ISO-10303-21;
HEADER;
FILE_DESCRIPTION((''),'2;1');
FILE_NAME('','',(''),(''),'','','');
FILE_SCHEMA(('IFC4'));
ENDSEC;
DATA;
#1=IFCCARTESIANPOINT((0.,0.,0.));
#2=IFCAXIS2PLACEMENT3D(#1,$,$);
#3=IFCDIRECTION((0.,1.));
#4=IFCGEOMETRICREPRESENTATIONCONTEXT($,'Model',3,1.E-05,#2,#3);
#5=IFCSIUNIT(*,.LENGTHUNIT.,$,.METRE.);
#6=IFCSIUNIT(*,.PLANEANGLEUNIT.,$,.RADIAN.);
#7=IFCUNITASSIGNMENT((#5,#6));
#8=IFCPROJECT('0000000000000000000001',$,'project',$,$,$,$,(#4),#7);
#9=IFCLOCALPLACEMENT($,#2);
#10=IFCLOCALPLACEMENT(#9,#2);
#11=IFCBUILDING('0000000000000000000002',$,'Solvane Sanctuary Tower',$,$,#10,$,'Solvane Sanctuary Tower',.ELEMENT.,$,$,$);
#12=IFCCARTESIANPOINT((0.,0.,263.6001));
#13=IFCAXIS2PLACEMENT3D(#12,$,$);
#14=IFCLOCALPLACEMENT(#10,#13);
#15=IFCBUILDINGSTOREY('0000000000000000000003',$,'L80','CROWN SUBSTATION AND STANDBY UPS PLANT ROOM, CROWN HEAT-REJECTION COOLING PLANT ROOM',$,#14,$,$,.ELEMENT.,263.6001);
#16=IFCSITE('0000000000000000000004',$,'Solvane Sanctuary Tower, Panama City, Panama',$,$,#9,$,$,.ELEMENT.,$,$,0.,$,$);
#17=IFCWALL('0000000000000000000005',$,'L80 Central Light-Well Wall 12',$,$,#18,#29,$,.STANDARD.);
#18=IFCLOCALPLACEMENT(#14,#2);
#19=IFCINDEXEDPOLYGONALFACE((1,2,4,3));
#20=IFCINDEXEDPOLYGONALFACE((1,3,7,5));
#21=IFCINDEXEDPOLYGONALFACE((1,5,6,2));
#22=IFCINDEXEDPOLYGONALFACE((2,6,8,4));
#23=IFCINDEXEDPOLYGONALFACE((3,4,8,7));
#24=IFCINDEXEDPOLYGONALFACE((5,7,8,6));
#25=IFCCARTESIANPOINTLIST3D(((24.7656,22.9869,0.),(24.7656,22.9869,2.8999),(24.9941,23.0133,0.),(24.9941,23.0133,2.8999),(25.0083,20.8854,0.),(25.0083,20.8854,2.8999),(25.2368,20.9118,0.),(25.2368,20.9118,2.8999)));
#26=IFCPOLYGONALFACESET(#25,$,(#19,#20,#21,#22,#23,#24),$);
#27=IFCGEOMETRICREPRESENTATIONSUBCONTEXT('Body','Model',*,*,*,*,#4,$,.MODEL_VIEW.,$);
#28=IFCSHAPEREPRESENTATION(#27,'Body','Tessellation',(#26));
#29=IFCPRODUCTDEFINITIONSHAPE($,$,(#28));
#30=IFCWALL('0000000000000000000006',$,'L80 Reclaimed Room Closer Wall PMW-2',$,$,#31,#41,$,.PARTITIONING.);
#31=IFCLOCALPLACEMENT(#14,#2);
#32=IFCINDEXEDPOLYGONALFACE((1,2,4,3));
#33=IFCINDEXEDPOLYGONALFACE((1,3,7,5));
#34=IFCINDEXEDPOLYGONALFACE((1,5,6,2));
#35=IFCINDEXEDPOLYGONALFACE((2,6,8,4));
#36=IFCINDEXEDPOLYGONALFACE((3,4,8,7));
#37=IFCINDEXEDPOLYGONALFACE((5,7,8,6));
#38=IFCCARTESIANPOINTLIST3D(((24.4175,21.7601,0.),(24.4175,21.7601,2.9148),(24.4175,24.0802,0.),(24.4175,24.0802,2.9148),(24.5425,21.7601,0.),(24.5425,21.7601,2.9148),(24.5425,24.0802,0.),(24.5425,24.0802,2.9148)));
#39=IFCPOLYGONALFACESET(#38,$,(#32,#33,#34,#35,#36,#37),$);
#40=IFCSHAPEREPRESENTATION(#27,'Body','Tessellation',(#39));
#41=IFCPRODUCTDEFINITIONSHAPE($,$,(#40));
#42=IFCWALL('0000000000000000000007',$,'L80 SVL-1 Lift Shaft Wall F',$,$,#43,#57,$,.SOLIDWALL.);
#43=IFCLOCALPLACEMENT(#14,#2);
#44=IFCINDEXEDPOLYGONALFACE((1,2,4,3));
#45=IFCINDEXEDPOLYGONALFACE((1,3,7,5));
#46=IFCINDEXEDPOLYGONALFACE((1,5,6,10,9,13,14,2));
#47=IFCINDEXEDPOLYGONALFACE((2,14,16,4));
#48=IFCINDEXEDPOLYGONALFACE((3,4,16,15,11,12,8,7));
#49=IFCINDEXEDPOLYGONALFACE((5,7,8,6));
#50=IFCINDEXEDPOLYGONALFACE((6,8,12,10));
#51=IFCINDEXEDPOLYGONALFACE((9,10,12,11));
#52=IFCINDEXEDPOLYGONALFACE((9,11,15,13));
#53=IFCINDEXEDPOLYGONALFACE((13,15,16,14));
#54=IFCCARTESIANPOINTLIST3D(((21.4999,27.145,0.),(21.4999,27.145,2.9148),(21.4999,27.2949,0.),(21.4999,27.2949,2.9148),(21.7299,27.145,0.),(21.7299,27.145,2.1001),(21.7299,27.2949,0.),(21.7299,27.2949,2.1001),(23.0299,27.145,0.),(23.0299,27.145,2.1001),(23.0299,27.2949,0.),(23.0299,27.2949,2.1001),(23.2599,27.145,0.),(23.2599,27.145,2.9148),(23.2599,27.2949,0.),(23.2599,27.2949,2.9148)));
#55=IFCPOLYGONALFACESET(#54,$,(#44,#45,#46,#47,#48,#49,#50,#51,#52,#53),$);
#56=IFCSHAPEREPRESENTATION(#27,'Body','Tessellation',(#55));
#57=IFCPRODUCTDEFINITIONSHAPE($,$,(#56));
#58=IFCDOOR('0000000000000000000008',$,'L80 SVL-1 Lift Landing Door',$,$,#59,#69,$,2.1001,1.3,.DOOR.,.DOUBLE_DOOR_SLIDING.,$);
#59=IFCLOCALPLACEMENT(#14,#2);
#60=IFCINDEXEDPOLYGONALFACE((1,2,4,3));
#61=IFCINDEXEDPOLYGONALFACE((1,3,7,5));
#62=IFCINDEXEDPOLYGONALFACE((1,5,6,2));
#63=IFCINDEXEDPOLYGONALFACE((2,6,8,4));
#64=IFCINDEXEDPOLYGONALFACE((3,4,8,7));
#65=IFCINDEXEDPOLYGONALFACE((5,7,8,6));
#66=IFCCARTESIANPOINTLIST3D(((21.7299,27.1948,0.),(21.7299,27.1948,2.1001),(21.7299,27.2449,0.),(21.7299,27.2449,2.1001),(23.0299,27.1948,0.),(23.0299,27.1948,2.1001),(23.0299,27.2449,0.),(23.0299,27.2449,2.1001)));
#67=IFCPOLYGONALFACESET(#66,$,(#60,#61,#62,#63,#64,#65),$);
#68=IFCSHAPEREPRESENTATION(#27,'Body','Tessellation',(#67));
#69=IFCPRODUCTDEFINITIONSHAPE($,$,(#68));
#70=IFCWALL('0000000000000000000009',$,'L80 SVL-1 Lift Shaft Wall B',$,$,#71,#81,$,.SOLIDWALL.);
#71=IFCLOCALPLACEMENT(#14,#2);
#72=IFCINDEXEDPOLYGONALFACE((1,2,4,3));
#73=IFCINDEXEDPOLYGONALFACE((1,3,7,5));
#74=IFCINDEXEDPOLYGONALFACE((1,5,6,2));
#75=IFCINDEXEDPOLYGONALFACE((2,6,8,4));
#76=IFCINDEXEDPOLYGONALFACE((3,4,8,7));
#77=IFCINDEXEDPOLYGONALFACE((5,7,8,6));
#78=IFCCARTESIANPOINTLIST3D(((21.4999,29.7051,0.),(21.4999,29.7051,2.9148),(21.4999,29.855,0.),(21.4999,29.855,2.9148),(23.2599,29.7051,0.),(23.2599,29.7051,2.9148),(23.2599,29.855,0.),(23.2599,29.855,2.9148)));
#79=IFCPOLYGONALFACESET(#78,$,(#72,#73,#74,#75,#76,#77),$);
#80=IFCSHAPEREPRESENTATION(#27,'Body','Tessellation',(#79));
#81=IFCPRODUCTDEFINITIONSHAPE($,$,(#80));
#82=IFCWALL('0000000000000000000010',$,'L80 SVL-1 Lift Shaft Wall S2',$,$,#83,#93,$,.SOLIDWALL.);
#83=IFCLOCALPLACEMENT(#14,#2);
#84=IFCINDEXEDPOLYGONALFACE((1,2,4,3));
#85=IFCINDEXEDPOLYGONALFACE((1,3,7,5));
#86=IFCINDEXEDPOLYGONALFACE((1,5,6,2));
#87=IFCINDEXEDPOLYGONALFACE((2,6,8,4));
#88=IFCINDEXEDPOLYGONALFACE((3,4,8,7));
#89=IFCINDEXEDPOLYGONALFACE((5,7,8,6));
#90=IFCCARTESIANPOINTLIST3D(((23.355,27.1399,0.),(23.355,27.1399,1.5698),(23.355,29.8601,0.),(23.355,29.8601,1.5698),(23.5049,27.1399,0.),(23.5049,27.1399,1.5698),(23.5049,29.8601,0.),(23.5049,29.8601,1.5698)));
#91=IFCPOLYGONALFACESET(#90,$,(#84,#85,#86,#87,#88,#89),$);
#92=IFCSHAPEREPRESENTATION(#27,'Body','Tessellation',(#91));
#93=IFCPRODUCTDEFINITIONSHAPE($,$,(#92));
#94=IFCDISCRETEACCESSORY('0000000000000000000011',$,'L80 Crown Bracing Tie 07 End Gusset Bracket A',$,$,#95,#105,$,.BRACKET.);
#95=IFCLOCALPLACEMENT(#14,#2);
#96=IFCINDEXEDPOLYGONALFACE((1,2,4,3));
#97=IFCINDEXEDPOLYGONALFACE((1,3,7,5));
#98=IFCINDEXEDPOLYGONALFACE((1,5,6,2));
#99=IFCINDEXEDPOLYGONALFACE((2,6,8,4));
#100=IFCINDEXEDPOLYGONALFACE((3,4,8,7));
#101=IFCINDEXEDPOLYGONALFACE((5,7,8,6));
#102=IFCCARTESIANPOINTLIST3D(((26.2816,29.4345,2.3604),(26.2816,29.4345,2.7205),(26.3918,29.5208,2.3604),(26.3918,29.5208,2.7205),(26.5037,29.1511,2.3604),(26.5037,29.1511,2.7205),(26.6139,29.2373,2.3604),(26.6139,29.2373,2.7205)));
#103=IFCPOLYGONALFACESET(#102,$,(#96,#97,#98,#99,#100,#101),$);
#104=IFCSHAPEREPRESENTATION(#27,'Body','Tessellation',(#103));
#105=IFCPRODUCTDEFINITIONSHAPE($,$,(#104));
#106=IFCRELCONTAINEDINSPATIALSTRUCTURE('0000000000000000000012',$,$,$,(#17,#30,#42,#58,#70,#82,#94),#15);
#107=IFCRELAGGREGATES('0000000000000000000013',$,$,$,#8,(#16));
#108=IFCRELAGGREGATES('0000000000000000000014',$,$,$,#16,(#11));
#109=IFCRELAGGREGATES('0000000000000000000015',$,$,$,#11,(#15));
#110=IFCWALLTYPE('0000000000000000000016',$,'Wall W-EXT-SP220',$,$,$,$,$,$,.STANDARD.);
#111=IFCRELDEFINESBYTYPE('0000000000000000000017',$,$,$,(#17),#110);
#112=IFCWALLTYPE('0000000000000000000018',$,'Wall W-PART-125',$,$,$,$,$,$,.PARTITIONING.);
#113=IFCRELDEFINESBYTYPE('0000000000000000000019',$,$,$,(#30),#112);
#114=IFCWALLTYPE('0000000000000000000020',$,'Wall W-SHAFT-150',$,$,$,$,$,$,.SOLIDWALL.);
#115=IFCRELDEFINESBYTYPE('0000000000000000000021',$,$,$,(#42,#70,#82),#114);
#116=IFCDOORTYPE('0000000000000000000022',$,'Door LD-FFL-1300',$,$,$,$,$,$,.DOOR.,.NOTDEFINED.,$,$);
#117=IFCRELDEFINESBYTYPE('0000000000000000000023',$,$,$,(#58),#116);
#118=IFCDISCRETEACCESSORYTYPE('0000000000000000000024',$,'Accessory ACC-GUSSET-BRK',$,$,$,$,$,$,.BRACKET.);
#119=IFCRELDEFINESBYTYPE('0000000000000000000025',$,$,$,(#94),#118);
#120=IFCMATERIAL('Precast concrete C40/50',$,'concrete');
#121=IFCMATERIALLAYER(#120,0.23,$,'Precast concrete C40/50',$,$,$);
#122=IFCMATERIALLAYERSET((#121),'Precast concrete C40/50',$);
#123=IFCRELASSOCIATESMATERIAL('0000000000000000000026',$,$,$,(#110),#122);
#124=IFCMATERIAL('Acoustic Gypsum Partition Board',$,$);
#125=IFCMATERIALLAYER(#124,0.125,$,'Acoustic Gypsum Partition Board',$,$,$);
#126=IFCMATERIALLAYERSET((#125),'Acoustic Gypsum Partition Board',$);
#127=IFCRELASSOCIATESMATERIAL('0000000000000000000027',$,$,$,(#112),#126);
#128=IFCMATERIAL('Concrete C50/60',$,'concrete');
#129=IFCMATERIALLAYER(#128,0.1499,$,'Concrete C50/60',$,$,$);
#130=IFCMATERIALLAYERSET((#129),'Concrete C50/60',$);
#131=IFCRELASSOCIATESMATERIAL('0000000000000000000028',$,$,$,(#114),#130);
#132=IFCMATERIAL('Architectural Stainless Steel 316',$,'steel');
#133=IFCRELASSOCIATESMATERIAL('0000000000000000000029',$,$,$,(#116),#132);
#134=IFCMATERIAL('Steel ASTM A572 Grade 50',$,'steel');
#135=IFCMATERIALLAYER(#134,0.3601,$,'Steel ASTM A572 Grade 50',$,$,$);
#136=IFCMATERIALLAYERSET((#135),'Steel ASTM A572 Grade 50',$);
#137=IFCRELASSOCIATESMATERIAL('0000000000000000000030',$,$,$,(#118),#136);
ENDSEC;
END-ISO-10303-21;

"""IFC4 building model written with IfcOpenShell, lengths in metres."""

from ifc_helpers import new_model, si_unit, direction, frame, frame_2d, origin, origin_2d, place, context, subcontext, project, spatial, rectangle, extrude, material, layer, layer_set, type_object, element, fill, save


model = new_model("IFC4")

# Units and contexts
model_context = context("Model", 3, precision=1e-05, world=origin(), true_north=direction((0.0, 1.0)))
body_context = subcontext(model_context, "Body", "Model", "MODEL_VIEW")
ifc_project = project(units=[si_unit("LENGTHUNIT", "METRE"), si_unit("PLANEANGLEUNIT", "RADIAN")], contexts=[model_context])

# Site, building, storey
site_placement = place(None, origin())
site = spatial("IfcSite", under=ifc_project, at=site_placement, Name="Solvane Sanctuary Tower, Panama City, Panama", CompositionType="ELEMENT", RefElevation=0.0)
building_placement = place(site_placement, origin())
building = spatial("IfcBuilding", under=site, at=building_placement, Name="Solvane Sanctuary Tower", LongName="Solvane Sanctuary Tower", CompositionType="ELEMENT")
storey_placement = place(building_placement, frame((0.0, 0.0, 263.6001)))
storey = spatial("IfcBuildingStorey", under=building, at=storey_placement, Name="L80", Description="CROWN SUBSTATION AND STANDBY UPS PLANT ROOM, CROWN HEAT-REJECTION COOLING PLANT ROOM", CompositionType="ELEMENT", Elevation=263.6001)

# Shared definitions
ifc_material_1 = material(Name="Concrete C50/60", Category="concrete")

# Shared definitions
ifc_material_2 = material(Name="Acoustic Gypsum Partition Board")

# Shared definitions
ifc_material_3 = material(Name="Architectural Stainless Steel 316", Category="steel")

# Walls
ifc_material_4 = material(Name="Precast concrete C40/50", Category="concrete")
ifc_layer_1 = layer(ifc_material_4, 0.23, Name="Precast concrete C40/50")
ifc_layer_set_1 = layer_set([ifc_layer_1], Name="Precast concrete C40/50")
wall_type_1 = type_object("IfcWallType", Name="Wall W-EXT-SP220", PredefinedType="STANDARD", material=ifc_layer_set_1)
for number, where, z_axis, x_axis, name in (
    (1, (24.8799, 23.0, 0.0), (0.0, 0.0, 1.0), (0.114712, -0.993399, 0.0), "L80 Central Light-Well Wall 12"),
):
    element("IfcWall", number, at=place(storey_placement, frame(where, z_axis=z_axis, x_axis=x_axis)), inside=storey, type_object=wall_type_1, Name=name, PredefinedType="STANDARD", context=body_context, shape_type="SweptSolid", body=[
        extrude(rectangle(XDim=2.1155, YDim=0.23, at=frame_2d((1.0576, 0.0))), origin(), (0.0, 0.0, 1.0), 2.8999),
    ])
ifc_layer_2 = layer(ifc_material_2, 0.125, Name="Acoustic Gypsum Partition Board")
ifc_layer_set_2 = layer_set([ifc_layer_2], Name="Acoustic Gypsum Partition Board")
wall_type_2 = type_object("IfcWallType", Name="Wall W-PART-125", PredefinedType="PARTITIONING", material=ifc_layer_set_2)
wall_1_placement = place(storey_placement, frame((24.48, 21.76, 0.0), z_axis=(0.0, 0.0, 1.0), x_axis=(0.0, 1.0, 0.0)))
element("IfcWall", 2, at=wall_1_placement, inside=storey, type_object=wall_type_2, Name="L80 Reclaimed Room Closer Wall PMW-2", PredefinedType="PARTITIONING", context=body_context, shape_type="SweptSolid", body=[
    extrude(rectangle(XDim=2.3201, YDim=0.125, at=frame_2d((1.1602, 0.0))), origin(), (0.0, 0.0, 1.0), 2.9148),
])

# Wall, opening, door
ifc_layer_3 = layer(ifc_material_1, 0.1499, Name="Concrete C50/60")
ifc_layer_set_3 = layer_set([ifc_layer_3], Name="Concrete C50/60")
wall_type_3 = type_object("IfcWallType", Name="Wall W-SHAFT-150", PredefinedType="SOLIDWALL", material=ifc_layer_set_3)
wall_2_placement = place(storey_placement, frame((21.5, 27.22, 0.0), z_axis=(0.0, 0.0, 1.0), x_axis=(1.0, 0.0, 0.0)))
wall_2 = element("IfcWall", 3, at=wall_2_placement, inside=storey, type_object=wall_type_3, Name="L80 SVL-1 Lift Shaft Wall F", PredefinedType="SOLIDWALL", context=body_context, shape_type="SweptSolid", body=[
    extrude(rectangle(XDim=1.76, YDim=0.1499, at=frame_2d((0.8799, 0.0))), origin(), (0.0, 0.0, 1.0), 2.9148),
])
opening_1_placement = place(wall_2_placement, frame((0.23, 0.0, 0.0)))
opening_1 = element("IfcOpeningElement", 4, at=opening_1_placement, cuts=wall_2, PredefinedType="OPENING", context=body_context, shape_type="SweptSolid", body=[
    extrude(rectangle(XDim=1.3, YDim=2.1001, at=frame_2d((0.6499, 1.05))), frame((0.0, 0.085, 0.0), z_axis=(0.0, -1.0, 0.0), x_axis=(1.0, 0.0, 0.0)), (0.0, 0.0, 1.0), 0.1699),
])
door_type_1 = type_object("IfcDoorType", Name="Door LD-FFL-1300", OperationType="NOTDEFINED", PredefinedType="DOOR", material=ifc_material_3)
door_1_placement = place(opening_1_placement, origin())
door_1 = element("IfcDoor", 5, at=door_1_placement, inside=storey, type_object=door_type_1, Name="L80 SVL-1 Lift Landing Door", OperationType="DOUBLE_DOOR_SLIDING", OverallHeight=2.1001, OverallWidth=1.3, PredefinedType="DOOR", context=body_context, shape_type="SweptSolid", body=[
    extrude(rectangle(XDim=1.3, YDim=2.1001, at=frame_2d((0.6499, 1.05))), frame((0.0, 0.0249, 0.0), z_axis=(0.0, -1.0, 0.0), x_axis=(1.0, 0.0, 0.0)), (0.0, 0.0, 1.0), 0.05),
])
fill(opening_1, door_1)

# Walls
wall_3_placement = place(storey_placement, frame((21.5, 29.78, 0.0), z_axis=(0.0, 0.0, 1.0), x_axis=(1.0, 0.0, 0.0)))
element("IfcWall", 6, at=wall_3_placement, inside=storey, type_object=wall_type_3, Name="L80 SVL-1 Lift Shaft Wall B", PredefinedType="SOLIDWALL", context=body_context, shape_type="SweptSolid", body=[
    extrude(rectangle(XDim=1.76, YDim=0.1499, at=frame_2d((0.8799, 0.0))), origin(), (0.0, 0.0, 1.0), 2.9148),
])
wall_4_placement = place(storey_placement, frame((23.4299, 27.1399, 0.0), z_axis=(0.0, 0.0, 1.0), x_axis=(0.0, 1.0, 0.0)))
element("IfcWall", 7, at=wall_4_placement, inside=storey, type_object=wall_type_3, Name="L80 SVL-1 Lift Shaft Wall S2", PredefinedType="SOLIDWALL", context=body_context, shape_type="SweptSolid", body=[
    extrude(rectangle(XDim=2.7202, YDim=0.1499, at=frame_2d((1.3601, 0.0))), origin(), (0.0, 0.0, 1.0), 1.5698),
])

# Discrete accessory
ifc_material_5 = material(Name="Steel ASTM A572 Grade 50", Category="steel")
ifc_layer_4 = layer(ifc_material_5, 0.3601, Name="Steel ASTM A572 Grade 50")
ifc_layer_set_4 = layer_set([ifc_layer_4], Name="Steel ASTM A572 Grade 50")
discrete_accessory_type = type_object("IfcDiscreteAccessoryType", Name="Accessory ACC-GUSSET-BRK", PredefinedType="BRACKET", material=ifc_layer_set_4)
discrete_accessory_placement = place(storey_placement, frame((26.4478, 29.3359, 2.3604), z_axis=(0.0, 0.0, 1.0), x_axis=(-0.616761, 0.78715, 0.0)))
element("IfcDiscreteAccessory", 8, at=discrete_accessory_placement, inside=storey, type_object=discrete_accessory_type, Name="L80 Crown Bracing Tie 07 End Gusset Bracket A", PredefinedType="BRACKET", context=body_context, shape_type="SweptSolid", body=[
    extrude(rectangle(XDim=0.3601, YDim=0.1399, at=origin_2d()), origin(), (0.0, 0.0, 1.0), 0.3601),
])

save(model, "model.ifc")
